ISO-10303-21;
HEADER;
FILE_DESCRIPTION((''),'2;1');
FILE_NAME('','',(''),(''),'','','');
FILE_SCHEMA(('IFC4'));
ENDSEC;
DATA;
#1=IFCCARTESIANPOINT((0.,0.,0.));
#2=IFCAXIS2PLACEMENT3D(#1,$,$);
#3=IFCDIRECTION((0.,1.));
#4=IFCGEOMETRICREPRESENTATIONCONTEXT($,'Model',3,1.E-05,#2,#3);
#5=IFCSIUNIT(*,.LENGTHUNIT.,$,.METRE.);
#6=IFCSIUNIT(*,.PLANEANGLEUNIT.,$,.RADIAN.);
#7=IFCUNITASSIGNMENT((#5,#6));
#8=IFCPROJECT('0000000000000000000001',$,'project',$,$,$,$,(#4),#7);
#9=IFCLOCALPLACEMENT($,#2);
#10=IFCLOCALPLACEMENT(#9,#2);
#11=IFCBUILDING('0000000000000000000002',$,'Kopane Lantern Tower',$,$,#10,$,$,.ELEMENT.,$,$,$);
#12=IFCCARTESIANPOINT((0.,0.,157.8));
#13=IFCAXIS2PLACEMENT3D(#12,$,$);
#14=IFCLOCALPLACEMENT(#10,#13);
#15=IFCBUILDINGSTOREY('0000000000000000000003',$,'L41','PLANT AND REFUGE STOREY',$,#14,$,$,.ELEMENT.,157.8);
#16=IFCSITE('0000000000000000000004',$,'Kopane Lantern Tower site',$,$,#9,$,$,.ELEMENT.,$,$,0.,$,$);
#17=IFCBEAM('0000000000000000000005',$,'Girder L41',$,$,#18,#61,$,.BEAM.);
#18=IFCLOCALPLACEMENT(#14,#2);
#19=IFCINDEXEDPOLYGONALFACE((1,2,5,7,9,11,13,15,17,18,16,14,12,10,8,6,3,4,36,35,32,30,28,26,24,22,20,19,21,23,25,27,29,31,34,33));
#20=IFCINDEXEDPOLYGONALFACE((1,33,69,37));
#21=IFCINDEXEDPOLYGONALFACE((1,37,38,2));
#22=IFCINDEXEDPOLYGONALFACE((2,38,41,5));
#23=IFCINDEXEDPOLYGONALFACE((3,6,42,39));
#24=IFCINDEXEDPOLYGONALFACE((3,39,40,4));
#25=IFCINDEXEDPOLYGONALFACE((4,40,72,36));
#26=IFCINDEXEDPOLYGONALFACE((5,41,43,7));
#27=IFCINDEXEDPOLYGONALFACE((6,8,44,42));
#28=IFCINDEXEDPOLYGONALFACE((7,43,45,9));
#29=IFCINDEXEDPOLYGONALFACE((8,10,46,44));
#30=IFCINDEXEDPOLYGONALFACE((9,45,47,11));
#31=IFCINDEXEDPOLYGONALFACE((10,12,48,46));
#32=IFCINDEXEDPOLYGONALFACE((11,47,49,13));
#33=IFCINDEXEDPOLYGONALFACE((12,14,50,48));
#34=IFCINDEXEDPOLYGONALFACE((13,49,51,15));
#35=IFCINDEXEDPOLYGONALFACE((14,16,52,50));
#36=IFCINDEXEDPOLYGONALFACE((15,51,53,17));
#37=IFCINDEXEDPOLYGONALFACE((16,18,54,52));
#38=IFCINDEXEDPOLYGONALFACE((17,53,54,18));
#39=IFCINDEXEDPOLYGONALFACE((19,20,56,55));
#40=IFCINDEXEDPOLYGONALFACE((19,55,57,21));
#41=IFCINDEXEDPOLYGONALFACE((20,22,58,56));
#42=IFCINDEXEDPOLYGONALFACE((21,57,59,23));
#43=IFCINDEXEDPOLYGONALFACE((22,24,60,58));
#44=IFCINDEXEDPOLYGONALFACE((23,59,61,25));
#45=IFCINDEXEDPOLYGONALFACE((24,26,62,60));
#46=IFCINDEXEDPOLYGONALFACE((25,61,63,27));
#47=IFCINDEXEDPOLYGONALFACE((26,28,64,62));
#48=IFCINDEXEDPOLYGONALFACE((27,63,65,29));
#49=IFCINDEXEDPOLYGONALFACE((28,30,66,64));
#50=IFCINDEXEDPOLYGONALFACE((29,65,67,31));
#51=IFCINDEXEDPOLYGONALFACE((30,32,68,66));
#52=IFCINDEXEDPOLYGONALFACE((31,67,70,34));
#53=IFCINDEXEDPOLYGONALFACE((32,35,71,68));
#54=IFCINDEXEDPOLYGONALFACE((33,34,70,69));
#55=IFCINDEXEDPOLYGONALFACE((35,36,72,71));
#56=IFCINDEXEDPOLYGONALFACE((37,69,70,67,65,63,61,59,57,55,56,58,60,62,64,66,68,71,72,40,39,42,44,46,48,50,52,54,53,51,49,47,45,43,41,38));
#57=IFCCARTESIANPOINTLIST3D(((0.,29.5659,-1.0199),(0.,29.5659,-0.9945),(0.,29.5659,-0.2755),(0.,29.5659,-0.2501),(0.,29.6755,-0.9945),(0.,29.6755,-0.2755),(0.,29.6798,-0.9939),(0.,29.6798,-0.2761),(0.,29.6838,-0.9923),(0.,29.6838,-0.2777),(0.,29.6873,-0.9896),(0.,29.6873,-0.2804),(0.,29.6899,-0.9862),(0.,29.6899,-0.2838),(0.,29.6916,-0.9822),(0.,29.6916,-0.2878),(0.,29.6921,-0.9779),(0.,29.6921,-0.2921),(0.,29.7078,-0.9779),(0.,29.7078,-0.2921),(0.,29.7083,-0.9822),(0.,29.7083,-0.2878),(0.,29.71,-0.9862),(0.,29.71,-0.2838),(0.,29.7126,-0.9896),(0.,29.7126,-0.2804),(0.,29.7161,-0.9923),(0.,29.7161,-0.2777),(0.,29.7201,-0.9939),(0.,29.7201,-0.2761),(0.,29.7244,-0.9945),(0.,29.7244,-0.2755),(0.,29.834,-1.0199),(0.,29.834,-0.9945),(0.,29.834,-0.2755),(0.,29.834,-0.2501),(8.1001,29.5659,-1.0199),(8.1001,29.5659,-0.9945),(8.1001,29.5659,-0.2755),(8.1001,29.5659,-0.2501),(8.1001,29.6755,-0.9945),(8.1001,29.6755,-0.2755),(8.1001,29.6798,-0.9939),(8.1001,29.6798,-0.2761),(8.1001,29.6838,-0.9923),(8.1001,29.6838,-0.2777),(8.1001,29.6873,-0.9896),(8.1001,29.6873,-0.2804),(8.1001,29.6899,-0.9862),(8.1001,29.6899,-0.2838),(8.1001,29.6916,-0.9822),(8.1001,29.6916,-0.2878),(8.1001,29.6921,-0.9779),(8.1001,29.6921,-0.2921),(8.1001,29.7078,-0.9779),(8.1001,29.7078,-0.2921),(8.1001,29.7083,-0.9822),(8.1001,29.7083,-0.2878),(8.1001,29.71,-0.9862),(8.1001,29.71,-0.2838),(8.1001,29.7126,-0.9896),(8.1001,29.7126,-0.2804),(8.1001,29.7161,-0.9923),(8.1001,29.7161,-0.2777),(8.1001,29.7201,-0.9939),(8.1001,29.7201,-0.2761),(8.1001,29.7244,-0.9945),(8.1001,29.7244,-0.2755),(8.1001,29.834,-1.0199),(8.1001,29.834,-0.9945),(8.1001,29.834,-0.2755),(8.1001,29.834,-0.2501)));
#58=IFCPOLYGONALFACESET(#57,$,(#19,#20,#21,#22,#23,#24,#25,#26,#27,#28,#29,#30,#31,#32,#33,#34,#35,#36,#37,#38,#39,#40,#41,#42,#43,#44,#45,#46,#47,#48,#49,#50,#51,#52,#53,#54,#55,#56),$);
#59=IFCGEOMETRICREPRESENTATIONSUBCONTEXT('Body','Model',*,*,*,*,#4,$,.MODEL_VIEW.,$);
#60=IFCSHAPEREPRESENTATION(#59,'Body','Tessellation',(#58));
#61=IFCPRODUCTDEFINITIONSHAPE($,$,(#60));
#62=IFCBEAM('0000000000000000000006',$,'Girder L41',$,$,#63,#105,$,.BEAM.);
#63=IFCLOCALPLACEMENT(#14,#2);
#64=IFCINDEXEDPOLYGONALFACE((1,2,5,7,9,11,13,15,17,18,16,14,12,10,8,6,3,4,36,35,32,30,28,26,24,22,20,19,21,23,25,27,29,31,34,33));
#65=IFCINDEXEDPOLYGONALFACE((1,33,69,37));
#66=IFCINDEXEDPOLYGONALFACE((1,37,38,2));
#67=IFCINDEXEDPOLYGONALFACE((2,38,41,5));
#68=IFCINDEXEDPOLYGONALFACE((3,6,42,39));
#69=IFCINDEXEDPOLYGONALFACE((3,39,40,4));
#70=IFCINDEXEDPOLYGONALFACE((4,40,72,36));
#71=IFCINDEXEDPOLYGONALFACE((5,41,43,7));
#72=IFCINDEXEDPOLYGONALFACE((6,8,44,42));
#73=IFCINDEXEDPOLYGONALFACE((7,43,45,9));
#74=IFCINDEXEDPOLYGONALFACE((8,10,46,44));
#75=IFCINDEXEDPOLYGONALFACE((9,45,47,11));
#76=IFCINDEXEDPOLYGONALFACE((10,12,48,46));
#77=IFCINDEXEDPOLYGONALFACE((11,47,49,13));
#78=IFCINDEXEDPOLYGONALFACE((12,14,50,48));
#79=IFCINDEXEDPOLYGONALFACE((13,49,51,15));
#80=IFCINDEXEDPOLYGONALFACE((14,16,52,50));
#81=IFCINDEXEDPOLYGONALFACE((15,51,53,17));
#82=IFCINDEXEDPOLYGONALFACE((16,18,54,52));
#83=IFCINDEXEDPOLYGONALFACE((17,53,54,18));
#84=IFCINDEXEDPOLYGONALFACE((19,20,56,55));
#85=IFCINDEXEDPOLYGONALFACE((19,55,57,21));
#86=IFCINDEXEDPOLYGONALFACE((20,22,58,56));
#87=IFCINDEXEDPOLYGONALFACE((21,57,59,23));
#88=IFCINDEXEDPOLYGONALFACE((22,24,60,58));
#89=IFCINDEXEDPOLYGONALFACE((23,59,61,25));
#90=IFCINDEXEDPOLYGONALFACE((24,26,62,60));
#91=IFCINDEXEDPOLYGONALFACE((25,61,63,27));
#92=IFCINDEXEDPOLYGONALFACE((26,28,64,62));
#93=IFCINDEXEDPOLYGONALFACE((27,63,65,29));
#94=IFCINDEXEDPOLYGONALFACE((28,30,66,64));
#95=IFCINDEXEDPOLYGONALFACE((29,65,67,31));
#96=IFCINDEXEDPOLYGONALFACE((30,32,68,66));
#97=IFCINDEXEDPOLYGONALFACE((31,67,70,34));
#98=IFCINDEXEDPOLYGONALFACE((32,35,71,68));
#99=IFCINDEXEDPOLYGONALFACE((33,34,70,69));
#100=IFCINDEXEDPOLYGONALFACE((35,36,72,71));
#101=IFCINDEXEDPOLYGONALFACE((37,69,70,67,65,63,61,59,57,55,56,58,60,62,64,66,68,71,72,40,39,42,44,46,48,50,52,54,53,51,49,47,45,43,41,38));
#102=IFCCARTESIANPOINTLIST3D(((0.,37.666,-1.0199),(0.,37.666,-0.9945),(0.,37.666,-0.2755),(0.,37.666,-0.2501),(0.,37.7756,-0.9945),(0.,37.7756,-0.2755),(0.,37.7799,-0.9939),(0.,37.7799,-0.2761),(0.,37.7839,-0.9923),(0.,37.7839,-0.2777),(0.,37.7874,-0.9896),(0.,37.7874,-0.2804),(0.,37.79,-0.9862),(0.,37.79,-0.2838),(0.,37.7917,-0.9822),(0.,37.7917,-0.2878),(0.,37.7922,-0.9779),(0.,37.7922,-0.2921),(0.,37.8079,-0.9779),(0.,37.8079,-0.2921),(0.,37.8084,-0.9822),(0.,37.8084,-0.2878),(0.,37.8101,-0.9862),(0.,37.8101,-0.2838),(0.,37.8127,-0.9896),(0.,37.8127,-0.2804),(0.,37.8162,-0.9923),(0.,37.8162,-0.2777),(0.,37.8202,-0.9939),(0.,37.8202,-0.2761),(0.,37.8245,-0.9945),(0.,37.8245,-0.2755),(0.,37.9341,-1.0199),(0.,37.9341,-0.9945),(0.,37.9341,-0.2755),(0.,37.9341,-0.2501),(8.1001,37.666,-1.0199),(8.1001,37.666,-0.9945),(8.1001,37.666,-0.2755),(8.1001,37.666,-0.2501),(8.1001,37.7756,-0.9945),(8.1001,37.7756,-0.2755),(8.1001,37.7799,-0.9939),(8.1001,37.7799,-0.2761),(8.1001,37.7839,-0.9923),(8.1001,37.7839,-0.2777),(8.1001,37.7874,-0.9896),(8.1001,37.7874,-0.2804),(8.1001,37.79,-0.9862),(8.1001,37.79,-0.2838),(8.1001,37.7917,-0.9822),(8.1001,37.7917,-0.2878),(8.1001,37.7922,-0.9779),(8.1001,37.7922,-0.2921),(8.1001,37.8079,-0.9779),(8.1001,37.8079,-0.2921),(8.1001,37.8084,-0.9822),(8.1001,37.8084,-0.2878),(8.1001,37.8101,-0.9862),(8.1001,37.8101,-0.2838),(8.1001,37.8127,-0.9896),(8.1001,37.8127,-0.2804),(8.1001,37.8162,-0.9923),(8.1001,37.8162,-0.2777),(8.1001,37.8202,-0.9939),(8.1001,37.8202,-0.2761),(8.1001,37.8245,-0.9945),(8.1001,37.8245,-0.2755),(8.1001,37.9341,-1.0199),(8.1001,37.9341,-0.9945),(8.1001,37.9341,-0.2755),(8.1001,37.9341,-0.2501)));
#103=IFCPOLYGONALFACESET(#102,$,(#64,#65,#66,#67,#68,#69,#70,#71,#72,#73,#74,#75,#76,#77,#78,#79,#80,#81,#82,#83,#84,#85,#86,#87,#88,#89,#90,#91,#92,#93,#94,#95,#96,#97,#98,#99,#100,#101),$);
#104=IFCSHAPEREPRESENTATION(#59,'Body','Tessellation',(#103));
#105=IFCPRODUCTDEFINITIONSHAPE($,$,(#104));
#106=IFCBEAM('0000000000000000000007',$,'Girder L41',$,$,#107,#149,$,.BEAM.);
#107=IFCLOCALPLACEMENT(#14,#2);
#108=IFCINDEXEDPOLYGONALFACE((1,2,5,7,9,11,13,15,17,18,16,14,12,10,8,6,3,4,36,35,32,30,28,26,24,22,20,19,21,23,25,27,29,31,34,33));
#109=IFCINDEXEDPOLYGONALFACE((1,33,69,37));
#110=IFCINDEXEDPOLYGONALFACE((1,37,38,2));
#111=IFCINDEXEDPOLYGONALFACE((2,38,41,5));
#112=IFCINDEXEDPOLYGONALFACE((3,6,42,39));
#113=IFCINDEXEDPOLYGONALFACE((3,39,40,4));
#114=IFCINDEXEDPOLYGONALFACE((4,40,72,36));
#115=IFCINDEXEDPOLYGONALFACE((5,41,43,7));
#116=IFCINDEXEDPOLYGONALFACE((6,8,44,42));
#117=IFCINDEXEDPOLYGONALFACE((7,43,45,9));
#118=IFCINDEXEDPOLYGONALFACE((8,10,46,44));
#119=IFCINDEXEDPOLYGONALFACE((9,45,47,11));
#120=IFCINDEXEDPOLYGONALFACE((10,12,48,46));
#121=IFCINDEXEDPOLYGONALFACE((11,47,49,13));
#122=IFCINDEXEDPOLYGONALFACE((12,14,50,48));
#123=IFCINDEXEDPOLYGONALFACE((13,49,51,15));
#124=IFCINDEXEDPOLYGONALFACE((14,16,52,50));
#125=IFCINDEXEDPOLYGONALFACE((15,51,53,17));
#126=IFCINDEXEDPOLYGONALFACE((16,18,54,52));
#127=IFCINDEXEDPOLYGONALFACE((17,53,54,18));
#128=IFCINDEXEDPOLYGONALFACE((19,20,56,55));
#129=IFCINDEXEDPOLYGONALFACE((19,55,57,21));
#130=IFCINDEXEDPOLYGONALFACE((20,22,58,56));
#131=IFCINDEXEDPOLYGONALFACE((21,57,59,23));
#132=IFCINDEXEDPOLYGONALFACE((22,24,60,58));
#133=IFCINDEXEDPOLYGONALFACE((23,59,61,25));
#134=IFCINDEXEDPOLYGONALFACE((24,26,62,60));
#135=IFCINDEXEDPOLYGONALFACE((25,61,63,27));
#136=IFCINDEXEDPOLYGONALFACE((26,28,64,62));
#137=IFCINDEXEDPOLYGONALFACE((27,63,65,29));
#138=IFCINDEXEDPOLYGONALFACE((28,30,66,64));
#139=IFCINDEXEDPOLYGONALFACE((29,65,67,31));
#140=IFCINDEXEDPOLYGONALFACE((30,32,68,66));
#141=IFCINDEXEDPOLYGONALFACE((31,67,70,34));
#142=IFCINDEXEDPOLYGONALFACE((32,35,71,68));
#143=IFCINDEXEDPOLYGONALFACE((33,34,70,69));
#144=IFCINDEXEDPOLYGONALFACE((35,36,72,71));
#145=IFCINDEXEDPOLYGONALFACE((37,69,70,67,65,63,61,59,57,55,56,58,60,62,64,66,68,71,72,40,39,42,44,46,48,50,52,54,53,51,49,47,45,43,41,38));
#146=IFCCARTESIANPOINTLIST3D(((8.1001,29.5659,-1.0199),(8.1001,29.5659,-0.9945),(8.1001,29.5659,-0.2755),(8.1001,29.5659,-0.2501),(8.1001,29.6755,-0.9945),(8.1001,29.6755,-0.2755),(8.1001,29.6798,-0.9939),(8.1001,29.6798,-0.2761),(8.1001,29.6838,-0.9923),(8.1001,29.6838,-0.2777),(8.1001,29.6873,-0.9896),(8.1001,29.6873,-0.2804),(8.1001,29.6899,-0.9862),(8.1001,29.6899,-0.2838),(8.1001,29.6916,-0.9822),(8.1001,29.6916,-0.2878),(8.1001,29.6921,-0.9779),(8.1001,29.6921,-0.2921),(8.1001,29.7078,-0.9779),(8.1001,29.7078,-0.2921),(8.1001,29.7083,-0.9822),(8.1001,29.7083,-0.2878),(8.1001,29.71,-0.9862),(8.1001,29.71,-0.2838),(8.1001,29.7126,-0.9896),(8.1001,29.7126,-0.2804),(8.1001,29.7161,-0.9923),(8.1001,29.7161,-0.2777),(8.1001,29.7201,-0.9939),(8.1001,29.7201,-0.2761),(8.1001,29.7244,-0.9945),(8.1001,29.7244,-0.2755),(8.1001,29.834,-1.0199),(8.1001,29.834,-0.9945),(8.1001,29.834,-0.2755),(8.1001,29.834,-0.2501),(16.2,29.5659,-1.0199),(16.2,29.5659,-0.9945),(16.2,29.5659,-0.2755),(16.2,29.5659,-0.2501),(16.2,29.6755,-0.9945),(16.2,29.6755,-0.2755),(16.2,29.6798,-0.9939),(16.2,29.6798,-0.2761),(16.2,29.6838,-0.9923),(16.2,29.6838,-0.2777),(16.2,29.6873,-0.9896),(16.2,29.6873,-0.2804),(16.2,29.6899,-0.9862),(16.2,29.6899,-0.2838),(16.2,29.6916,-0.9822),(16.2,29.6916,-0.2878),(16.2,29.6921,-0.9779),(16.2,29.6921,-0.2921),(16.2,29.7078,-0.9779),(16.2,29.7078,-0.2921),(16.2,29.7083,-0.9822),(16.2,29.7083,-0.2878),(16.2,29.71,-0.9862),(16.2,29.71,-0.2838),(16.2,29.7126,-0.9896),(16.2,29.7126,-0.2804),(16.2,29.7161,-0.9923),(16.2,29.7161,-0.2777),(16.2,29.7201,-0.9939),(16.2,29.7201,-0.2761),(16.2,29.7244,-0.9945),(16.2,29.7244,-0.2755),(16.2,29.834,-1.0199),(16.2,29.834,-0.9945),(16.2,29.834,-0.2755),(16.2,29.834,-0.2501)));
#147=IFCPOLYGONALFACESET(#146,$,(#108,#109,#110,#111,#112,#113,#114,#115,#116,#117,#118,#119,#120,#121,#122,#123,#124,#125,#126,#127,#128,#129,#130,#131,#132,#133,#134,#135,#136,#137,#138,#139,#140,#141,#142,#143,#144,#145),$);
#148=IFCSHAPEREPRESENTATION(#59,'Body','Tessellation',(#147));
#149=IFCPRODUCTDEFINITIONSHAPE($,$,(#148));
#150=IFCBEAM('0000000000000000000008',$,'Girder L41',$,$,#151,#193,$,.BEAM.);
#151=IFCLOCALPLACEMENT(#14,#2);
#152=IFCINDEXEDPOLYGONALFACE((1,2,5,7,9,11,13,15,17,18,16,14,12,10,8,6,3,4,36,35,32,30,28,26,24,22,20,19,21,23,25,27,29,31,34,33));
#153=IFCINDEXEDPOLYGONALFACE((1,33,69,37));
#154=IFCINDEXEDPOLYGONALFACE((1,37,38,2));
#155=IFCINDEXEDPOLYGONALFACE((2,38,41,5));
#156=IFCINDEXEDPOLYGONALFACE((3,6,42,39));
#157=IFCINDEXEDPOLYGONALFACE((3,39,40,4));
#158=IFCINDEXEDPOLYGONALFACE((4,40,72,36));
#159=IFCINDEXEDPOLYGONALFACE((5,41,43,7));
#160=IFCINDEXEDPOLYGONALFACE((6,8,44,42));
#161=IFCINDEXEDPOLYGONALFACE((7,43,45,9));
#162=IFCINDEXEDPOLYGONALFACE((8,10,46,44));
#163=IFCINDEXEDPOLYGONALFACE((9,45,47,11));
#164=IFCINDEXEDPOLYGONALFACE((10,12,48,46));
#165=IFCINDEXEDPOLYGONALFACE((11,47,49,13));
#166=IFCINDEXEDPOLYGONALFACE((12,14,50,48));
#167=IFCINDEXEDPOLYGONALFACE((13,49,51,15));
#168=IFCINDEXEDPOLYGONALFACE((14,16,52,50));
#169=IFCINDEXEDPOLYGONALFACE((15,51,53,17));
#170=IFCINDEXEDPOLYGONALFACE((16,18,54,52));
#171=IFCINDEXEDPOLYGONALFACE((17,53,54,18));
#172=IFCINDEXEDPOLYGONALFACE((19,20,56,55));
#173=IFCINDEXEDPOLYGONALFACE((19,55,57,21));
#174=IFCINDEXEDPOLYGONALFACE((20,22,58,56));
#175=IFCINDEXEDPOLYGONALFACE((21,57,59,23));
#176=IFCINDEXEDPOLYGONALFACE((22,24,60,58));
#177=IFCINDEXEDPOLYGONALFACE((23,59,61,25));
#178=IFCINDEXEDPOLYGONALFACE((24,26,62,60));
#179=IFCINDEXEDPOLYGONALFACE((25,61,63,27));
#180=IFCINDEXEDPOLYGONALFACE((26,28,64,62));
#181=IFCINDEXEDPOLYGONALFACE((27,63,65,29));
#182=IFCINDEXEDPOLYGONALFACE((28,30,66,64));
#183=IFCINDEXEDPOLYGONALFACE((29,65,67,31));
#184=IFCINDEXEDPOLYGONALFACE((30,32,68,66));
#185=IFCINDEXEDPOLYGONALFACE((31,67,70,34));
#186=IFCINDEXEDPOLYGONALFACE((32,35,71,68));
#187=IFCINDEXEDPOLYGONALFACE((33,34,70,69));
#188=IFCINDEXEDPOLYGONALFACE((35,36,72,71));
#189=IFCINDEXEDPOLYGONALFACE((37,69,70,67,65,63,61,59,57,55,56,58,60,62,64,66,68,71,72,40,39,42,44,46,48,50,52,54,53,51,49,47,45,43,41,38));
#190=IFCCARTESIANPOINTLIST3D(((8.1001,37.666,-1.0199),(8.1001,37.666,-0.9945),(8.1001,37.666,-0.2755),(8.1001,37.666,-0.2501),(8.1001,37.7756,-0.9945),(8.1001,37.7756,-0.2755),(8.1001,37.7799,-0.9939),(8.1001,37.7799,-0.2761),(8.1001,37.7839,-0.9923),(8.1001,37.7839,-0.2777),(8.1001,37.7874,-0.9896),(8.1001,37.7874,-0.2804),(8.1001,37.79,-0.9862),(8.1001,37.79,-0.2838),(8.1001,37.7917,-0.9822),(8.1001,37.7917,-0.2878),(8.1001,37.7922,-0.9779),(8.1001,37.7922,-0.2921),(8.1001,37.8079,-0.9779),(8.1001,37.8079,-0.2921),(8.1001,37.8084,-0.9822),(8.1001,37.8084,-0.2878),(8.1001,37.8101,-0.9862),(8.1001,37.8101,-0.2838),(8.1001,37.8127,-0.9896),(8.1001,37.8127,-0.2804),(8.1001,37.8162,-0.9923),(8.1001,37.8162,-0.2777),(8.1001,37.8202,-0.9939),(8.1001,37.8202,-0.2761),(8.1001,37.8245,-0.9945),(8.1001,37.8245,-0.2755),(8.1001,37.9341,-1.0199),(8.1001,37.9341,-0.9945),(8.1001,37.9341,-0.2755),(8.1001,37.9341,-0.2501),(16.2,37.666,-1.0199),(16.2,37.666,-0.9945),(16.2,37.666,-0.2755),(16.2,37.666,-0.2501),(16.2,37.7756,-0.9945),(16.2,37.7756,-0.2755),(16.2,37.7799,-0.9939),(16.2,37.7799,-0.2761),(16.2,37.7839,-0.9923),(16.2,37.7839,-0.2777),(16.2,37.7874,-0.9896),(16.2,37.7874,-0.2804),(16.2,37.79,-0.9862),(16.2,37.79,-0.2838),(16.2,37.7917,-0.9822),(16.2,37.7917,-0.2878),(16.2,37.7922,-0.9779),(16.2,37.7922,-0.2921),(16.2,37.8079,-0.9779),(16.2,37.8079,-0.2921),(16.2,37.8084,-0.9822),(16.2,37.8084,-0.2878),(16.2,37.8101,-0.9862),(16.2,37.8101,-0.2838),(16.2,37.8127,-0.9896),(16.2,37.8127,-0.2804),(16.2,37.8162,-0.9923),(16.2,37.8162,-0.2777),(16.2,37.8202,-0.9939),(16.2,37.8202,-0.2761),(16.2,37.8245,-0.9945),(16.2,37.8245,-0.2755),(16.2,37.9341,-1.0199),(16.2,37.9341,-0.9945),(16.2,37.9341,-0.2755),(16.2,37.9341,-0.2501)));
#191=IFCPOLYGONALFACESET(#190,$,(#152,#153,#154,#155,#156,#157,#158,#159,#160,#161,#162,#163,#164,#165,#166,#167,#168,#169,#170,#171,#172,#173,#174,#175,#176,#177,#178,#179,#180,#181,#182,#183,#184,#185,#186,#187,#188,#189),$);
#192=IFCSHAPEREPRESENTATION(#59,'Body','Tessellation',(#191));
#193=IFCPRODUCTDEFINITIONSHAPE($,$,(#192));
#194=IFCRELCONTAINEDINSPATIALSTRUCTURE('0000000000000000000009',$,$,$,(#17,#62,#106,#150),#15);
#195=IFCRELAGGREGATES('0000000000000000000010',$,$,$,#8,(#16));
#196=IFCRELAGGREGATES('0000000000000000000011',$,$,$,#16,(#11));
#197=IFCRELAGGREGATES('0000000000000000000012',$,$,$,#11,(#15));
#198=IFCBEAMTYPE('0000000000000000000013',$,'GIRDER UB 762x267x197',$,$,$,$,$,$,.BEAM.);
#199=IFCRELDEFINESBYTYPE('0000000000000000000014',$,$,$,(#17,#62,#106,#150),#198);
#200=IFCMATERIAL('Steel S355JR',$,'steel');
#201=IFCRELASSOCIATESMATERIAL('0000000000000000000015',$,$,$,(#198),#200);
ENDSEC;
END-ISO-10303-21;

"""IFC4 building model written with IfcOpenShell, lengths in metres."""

from ifc_helpers import new_model, si_unit, direction, frame, origin, origin_2d, place, context, subcontext, project, spatial, i_section, extrude, material, material_profile, profile_set, type_object, element, save


model = new_model("IFC4")

# Units and contexts
model_context = context("Model", 3, precision=1e-05, world=origin(), true_north=direction((0.0, 1.0)))
body_context = subcontext(model_context, "Body", "Model", "MODEL_VIEW")
ifc_project = project(units=[si_unit("LENGTHUNIT", "METRE"), si_unit("PLANEANGLEUNIT", "RADIAN")], contexts=[model_context])

# Site, building, storey
site_placement = place(None, origin())
site = spatial("IfcSite", under=ifc_project, at=site_placement, Name="Kopane Lantern Tower site", CompositionType="ELEMENT", RefElevation=0.0)
building_placement = place(site_placement, origin())
building = spatial("IfcBuilding", under=site, at=building_placement, Name="Kopane Lantern Tower", CompositionType="ELEMENT")
storey_placement = place(building_placement, frame((0.0, 0.0, 157.8)))
storey = spatial("IfcBuildingStorey", under=building, at=storey_placement, Name="L41", Description="PLANT AND REFUGE STOREY", CompositionType="ELEMENT", Elevation=157.8)

# Beams
ifc_material_1 = material(Name="Steel S355JR", Category="steel")
ifc_material_profile_1 = material_profile(ifc_material_1, i_section(OverallWidth=0.2681, OverallDepth=0.7698, WebThickness=0.0156, FlangeThickness=0.0254, FilletRadius=0.0166, at=origin_2d()), Name="UB 762x267x197")
ifc_profile_set_1 = profile_set([ifc_material_profile_1], Name="Steel S355JR")
beam_type = type_object("IfcBeamType", Name="GIRDER UB 762x267x197", PredefinedType="BEAM", material=ifc_profile_set_1)
for number, where, z_axis, x_axis, name in (
    (1, (0.0, 29.7, -0.635), (1.0, 0.0, 0.0), (0.0, 1.0, 0.0), "Girder L41"),
    (2, (0.0, 37.8, -0.635), (1.0, 0.0, 0.0), (0.0, 1.0, 0.0), "Girder L41"),
):
    element("IfcBeam", number, at=place(storey_placement, frame(where, z_axis=z_axis, x_axis=x_axis)), inside=storey, type_object=beam_type, Name=name, PredefinedType="BEAM", context=body_context, shape_type="SweptSolid", body=[
        extrude(i_section(OverallWidth=0.2681, OverallDepth=0.7698, WebThickness=0.0156, FlangeThickness=0.0254, FilletRadius=0.0166, at=origin_2d()), origin(), (0.0, 0.0, 1.0), 8.1001),
    ])
for number, where, z_axis, x_axis, name in (
    (3, (8.1001, 29.7, -0.635), (1.0, 0.0, 0.0), (0.0, 1.0, 0.0), "Girder L41"),
    (4, (8.1001, 37.8, -0.635), (1.0, 0.0, 0.0), (0.0, 1.0, 0.0), "Girder L41"),
):
    element("IfcBeam", number, at=place(storey_placement, frame(where, z_axis=z_axis, x_axis=x_axis)), inside=storey, type_object=beam_type, Name=name, PredefinedType="BEAM", context=body_context, shape_type="SweptSolid", body=[
        extrude(i_section(OverallWidth=0.2681, OverallDepth=0.7698, WebThickness=0.0156, FlangeThickness=0.0254, FilletRadius=0.0166, at=origin_2d()), origin(), (0.0, 0.0, 1.0), 8.0999),
    ])

save(model, "model.ifc")
